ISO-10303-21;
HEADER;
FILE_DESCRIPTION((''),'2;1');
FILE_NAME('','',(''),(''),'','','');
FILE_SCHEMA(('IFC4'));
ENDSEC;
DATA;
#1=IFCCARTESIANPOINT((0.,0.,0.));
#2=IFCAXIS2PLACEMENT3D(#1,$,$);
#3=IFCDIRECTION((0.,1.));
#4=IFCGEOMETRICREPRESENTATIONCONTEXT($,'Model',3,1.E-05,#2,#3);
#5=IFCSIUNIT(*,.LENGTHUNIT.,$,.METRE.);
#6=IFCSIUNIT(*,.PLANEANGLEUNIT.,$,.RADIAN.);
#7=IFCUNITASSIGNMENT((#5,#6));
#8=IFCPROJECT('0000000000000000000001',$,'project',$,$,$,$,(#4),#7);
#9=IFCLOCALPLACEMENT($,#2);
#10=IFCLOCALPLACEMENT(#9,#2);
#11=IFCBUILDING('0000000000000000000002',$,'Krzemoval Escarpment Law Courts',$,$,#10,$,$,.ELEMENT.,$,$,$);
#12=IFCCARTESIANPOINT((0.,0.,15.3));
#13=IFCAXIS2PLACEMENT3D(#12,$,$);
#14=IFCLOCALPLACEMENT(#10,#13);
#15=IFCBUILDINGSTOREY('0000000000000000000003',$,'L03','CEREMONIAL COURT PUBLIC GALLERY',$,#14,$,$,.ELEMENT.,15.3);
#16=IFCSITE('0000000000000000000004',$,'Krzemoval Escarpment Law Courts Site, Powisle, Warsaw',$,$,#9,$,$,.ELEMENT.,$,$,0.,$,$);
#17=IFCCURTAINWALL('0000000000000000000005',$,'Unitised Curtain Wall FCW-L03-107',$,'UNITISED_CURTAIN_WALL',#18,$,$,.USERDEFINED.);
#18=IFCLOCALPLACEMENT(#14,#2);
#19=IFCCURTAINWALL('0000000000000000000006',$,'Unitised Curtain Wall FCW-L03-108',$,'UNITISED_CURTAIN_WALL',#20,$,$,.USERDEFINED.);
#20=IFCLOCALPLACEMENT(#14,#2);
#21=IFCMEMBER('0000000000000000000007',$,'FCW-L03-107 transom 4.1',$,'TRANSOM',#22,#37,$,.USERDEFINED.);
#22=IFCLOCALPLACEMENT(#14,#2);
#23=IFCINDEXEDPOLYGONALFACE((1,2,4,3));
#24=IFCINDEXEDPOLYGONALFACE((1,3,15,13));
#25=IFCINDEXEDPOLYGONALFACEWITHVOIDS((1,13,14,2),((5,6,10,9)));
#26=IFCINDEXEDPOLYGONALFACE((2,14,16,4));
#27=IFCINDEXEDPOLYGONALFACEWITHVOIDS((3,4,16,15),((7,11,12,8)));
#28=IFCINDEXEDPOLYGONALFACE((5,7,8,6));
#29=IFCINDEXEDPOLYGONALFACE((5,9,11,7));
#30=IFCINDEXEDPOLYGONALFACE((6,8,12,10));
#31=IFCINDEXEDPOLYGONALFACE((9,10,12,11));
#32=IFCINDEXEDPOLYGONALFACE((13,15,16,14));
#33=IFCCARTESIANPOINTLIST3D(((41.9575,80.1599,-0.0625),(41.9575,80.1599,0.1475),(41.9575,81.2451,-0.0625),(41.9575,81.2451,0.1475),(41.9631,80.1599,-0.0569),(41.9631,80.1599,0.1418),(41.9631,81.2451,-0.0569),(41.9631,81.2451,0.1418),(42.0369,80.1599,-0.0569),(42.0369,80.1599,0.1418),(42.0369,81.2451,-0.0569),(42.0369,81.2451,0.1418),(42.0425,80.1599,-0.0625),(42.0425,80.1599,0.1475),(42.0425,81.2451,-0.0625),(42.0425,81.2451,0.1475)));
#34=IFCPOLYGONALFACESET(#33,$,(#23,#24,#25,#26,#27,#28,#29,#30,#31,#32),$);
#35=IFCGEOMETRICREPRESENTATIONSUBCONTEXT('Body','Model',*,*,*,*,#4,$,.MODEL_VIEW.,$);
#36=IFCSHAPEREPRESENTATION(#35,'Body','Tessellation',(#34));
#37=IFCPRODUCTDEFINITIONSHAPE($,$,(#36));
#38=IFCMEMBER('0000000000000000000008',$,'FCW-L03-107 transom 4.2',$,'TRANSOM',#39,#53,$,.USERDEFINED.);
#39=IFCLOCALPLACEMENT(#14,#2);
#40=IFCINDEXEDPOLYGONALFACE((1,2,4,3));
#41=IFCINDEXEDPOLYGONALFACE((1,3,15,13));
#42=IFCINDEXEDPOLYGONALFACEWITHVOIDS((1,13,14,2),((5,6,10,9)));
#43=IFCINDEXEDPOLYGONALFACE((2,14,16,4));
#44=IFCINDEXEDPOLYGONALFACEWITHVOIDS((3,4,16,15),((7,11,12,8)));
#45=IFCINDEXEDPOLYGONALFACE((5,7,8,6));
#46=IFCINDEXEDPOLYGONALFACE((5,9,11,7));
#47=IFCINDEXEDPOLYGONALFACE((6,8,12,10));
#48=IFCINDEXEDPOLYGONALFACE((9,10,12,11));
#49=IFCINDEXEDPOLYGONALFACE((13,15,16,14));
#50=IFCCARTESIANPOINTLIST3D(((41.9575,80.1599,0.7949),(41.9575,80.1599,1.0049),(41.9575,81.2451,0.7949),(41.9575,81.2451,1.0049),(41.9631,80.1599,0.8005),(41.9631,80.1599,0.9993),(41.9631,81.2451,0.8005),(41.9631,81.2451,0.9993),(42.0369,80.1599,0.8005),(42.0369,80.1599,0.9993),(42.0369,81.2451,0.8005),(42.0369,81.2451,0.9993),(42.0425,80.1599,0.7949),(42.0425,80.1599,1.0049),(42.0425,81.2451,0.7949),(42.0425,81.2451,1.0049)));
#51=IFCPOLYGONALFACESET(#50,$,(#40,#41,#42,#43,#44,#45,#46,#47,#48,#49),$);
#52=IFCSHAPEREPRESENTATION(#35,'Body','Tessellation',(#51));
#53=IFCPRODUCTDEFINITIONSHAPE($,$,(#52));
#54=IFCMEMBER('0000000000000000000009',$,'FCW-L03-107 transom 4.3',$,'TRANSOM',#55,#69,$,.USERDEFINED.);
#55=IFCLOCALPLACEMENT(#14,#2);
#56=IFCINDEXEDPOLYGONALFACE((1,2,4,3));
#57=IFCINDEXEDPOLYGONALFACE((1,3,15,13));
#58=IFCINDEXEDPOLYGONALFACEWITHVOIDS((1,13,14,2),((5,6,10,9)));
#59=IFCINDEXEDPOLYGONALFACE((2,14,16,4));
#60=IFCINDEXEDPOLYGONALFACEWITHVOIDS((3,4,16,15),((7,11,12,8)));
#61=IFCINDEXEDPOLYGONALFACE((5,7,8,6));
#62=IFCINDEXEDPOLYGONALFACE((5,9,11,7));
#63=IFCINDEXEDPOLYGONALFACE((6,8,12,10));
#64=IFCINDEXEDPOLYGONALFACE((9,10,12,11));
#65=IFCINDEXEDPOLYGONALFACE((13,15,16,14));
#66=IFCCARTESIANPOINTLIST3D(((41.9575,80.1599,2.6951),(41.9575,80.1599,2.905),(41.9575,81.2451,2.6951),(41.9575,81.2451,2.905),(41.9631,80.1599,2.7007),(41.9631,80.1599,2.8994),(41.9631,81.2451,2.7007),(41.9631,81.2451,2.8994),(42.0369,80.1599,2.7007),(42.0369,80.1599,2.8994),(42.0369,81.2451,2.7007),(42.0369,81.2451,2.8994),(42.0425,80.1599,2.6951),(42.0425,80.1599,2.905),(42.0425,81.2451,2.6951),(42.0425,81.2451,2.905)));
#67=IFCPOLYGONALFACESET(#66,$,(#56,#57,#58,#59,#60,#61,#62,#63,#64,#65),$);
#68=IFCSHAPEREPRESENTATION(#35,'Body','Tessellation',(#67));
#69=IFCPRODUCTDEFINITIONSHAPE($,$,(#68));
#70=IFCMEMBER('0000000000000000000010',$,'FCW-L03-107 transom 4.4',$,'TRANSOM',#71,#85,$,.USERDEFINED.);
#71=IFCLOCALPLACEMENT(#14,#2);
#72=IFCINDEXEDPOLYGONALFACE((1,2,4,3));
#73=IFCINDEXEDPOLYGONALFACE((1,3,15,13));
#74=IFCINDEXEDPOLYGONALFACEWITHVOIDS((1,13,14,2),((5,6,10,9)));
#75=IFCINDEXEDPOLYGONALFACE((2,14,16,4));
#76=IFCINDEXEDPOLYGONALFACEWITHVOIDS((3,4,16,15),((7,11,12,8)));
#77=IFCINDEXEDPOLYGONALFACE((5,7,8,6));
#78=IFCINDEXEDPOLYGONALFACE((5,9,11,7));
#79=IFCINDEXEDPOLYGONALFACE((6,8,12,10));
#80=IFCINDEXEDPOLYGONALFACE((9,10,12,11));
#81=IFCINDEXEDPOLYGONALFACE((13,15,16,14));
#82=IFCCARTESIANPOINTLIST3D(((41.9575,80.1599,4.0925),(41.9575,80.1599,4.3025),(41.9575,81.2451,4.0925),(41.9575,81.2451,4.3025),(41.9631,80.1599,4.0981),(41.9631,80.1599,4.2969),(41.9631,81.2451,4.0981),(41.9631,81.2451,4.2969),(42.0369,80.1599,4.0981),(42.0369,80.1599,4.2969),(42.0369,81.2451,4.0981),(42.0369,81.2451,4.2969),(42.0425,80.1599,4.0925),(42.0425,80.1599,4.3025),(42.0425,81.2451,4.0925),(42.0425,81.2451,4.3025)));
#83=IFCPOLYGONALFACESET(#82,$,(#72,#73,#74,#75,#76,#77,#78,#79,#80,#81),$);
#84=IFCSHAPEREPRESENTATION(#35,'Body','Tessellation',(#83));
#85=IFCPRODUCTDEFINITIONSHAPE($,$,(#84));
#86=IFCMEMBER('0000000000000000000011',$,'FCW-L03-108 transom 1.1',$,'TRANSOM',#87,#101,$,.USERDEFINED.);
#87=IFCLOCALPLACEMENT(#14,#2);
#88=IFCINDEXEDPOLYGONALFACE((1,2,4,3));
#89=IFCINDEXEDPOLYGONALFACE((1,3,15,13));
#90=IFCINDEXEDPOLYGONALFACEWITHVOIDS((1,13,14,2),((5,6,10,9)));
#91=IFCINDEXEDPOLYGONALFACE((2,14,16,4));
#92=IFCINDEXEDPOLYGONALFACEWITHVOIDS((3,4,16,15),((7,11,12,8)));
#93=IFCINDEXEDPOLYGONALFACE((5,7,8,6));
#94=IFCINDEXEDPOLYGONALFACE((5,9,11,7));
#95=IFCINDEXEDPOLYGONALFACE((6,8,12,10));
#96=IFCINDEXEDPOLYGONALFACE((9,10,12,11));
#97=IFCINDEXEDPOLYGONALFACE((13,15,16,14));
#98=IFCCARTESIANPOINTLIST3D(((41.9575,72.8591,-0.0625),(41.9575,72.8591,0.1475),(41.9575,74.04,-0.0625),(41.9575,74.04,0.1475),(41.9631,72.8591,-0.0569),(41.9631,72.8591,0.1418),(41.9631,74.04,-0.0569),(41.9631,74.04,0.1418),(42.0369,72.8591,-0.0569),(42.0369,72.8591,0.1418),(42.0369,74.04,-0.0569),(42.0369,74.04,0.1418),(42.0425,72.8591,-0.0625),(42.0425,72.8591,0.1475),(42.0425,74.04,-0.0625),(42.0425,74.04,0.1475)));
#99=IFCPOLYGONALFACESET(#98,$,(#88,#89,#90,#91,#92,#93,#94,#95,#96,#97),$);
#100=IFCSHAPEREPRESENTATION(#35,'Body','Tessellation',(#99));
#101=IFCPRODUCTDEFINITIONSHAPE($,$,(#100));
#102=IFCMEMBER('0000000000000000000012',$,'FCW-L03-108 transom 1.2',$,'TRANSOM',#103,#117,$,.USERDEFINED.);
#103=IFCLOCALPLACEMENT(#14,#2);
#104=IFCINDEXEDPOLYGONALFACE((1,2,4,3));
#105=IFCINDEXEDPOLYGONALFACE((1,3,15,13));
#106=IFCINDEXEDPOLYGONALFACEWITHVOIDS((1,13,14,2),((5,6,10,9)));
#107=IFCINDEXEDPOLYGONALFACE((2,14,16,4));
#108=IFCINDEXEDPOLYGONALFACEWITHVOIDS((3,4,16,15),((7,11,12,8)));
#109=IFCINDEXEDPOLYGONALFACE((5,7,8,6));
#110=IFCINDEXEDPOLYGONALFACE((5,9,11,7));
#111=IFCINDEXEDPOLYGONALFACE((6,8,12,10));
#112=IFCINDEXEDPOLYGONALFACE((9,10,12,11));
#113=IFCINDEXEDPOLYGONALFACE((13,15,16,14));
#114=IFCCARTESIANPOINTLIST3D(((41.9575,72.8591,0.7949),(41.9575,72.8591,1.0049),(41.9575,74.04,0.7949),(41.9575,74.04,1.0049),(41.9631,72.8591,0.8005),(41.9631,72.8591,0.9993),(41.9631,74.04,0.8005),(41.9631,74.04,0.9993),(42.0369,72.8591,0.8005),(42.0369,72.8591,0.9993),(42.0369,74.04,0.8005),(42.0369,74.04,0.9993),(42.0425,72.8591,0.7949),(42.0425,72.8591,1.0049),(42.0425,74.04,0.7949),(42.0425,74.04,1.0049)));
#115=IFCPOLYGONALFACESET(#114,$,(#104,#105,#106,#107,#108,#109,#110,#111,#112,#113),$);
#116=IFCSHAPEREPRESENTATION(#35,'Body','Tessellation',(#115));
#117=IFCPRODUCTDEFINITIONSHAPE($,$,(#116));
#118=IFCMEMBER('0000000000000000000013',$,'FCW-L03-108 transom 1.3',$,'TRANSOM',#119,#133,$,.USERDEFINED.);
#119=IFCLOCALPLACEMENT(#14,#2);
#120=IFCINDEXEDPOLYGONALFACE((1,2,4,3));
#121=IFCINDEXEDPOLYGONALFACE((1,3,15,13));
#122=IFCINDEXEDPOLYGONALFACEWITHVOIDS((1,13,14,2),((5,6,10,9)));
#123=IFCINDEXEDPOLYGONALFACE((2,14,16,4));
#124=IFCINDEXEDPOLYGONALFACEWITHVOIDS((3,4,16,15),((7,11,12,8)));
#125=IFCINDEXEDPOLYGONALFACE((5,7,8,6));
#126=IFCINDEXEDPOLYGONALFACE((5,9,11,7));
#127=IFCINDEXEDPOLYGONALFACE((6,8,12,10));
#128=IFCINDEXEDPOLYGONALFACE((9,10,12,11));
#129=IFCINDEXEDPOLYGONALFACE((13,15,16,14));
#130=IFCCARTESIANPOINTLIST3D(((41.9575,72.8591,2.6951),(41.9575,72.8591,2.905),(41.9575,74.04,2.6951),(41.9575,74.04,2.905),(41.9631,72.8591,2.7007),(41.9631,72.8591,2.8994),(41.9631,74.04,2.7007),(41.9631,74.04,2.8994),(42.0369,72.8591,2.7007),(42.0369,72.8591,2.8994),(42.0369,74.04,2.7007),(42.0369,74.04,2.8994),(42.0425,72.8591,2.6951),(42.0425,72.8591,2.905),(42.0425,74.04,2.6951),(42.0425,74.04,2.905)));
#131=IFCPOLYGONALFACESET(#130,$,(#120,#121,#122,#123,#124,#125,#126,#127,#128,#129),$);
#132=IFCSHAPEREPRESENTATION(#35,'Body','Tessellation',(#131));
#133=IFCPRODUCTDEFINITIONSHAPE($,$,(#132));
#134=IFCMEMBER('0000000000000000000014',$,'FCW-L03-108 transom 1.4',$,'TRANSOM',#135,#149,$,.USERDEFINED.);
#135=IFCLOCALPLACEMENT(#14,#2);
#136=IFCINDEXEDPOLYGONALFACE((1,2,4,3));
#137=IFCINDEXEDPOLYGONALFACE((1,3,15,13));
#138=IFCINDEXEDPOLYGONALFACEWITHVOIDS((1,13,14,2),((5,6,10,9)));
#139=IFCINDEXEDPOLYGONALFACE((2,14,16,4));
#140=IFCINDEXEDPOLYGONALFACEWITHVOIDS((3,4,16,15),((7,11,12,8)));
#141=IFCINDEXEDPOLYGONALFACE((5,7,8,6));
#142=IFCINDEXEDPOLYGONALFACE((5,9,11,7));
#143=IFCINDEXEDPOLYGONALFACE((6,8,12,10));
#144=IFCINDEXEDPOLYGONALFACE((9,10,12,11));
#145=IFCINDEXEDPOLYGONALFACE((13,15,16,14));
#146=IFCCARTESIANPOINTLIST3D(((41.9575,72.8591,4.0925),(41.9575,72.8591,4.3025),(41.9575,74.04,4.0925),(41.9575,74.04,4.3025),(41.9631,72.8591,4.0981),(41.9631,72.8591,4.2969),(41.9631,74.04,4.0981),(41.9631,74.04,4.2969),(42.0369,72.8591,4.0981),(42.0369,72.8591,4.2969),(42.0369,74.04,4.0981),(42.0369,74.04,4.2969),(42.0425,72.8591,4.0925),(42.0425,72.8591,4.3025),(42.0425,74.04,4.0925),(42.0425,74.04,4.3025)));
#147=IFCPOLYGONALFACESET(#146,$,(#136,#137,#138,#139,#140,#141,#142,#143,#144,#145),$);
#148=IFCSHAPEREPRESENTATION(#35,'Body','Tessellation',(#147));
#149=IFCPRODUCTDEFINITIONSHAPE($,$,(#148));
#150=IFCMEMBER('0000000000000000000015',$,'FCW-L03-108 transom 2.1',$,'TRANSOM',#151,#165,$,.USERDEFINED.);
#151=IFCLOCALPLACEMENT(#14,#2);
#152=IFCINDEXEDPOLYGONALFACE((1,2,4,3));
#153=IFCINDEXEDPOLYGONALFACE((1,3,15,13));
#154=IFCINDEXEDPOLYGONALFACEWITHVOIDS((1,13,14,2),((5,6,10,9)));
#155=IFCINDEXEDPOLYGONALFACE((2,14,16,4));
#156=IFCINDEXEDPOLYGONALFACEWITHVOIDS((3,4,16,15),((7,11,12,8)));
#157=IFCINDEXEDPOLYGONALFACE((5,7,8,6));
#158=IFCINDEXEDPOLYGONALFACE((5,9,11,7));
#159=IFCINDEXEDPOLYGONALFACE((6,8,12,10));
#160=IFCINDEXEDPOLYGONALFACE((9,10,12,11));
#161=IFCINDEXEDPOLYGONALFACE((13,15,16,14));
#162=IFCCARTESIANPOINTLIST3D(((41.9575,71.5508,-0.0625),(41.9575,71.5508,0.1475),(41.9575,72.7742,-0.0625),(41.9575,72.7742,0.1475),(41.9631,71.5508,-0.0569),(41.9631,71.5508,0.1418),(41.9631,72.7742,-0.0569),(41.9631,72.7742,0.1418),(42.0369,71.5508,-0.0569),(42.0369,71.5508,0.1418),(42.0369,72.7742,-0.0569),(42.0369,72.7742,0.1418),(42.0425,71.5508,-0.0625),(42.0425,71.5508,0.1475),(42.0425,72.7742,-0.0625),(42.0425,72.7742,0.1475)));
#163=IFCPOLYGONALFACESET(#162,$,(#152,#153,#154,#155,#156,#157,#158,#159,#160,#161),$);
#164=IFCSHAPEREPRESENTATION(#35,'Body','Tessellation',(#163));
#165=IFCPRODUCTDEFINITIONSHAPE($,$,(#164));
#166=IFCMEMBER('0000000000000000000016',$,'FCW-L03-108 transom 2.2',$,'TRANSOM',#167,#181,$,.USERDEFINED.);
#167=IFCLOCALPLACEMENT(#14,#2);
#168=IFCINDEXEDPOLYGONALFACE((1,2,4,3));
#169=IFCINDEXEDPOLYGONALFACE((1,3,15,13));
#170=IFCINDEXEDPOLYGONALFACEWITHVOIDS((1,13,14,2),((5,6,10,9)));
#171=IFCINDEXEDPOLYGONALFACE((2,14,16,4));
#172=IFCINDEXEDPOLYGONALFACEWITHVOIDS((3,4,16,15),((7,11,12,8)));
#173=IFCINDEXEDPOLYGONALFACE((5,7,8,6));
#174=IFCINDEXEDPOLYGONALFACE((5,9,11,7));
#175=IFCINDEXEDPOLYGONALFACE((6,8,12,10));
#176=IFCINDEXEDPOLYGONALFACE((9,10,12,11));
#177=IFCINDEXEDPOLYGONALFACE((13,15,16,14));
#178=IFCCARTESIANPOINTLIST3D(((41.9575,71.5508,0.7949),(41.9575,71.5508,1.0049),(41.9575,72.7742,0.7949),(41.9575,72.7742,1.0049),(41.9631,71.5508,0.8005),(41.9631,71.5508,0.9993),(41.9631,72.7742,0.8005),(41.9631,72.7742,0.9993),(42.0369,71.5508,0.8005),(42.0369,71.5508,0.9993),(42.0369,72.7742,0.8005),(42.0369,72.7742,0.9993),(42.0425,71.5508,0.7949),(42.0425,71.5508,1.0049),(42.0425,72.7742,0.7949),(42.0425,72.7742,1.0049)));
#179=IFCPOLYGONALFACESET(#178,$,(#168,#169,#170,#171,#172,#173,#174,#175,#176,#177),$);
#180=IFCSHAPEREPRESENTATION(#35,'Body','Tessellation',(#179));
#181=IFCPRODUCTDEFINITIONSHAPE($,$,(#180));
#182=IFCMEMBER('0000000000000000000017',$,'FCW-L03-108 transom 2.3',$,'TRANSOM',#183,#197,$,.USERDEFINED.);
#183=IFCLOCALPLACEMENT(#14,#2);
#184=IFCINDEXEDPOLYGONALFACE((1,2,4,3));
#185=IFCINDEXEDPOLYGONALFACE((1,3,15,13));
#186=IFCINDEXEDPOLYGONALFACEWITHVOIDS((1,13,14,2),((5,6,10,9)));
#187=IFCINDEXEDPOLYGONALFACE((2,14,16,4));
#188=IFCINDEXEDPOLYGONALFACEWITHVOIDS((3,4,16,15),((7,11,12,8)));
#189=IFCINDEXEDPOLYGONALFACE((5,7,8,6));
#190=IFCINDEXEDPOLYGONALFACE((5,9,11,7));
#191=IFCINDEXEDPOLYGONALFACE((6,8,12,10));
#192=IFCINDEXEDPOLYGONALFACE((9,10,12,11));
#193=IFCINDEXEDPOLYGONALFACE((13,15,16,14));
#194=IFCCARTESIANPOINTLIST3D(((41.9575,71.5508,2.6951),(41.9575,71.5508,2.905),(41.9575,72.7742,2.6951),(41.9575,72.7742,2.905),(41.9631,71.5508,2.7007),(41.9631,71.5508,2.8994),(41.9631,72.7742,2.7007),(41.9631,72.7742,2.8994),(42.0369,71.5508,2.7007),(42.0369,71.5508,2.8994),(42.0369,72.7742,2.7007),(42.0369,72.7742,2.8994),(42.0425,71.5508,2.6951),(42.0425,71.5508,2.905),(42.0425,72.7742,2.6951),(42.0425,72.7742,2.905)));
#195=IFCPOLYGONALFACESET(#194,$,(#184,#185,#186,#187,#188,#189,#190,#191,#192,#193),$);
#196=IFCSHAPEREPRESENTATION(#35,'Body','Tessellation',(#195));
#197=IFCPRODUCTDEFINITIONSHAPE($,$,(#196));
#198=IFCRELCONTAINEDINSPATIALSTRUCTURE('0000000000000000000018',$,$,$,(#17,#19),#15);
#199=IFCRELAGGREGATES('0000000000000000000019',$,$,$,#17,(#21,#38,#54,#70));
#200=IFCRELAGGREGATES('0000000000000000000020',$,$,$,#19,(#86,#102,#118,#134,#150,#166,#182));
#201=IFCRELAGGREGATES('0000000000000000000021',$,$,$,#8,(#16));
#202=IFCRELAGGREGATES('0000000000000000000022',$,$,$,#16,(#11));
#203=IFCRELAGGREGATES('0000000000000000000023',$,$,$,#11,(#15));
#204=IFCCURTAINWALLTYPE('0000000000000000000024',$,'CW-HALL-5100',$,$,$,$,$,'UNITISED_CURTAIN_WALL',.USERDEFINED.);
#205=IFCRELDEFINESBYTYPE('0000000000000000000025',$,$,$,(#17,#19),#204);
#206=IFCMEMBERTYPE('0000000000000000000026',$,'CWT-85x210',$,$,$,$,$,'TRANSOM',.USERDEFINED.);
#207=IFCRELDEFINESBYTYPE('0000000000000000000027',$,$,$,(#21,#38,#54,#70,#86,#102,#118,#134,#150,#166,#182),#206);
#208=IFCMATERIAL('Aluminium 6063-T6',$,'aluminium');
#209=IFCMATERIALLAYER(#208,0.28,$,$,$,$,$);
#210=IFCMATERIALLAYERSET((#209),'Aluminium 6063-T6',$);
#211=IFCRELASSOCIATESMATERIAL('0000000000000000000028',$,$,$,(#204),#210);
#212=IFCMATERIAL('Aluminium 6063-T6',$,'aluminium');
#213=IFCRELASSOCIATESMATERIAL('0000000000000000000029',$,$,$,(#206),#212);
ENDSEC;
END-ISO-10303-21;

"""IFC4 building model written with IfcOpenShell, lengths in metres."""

from ifc_helpers import new_model, si_unit, direction, frame, origin, origin_2d, place, context, subcontext, project, spatial, hollow_rectangle, extrude, material, layer, layer_set, material_profile, profile_set, type_object, element, aggregate, save


model = new_model("IFC4")

# Units and contexts
model_context = context("Model", 3, precision=1e-05, world=origin(), true_north=direction((0.0, 1.0)))
body_context = subcontext(model_context, "Body", "Model", "MODEL_VIEW")
ifc_project = project(units=[si_unit("LENGTHUNIT", "METRE"), si_unit("PLANEANGLEUNIT", "RADIAN")], contexts=[model_context])

# Site, building, storey
site_placement = place(None, origin())
site = spatial("IfcSite", under=ifc_project, at=site_placement, Name="Krzemoval Escarpment Law Courts Site, Powisle, Warsaw", CompositionType="ELEMENT", RefElevation=0.0)
building_placement = place(site_placement, origin())
building = spatial("IfcBuilding", under=site, at=building_placement, Name="Krzemoval Escarpment Law Courts", CompositionType="ELEMENT")
storey_placement = place(building_placement, frame((0.0, 0.0, 15.3)))
storey = spatial("IfcBuildingStorey", under=building, at=storey_placement, Name="L03", Description="CEREMONIAL COURT PUBLIC GALLERY", CompositionType="ELEMENT", Elevation=15.3)

# Curtain walls
ifc_material_1 = material(Name="Aluminium 6063-T6", Category="aluminium")
ifc_layer_1 = layer(ifc_material_1, 0.28)
ifc_layer_set_1 = layer_set([ifc_layer_1], Name="Aluminium 6063-T6")
curtain_wall_type = type_object("IfcCurtainWallType", Name="CW-HALL-5100", ElementType="UNITISED_CURTAIN_WALL", PredefinedType="USERDEFINED", material=ifc_layer_set_1)
curtain_wall_1_placement = place(storey_placement, origin())
curtain_wall_1 = element("IfcCurtainWall", 1, at=curtain_wall_1_placement, inside=storey, type_object=curtain_wall_type, Name="Unitised Curtain Wall FCW-L03-107", ObjectType="UNITISED_CURTAIN_WALL", PredefinedType="USERDEFINED")
curtain_wall_2_placement = place(storey_placement, origin())
curtain_wall_2 = element("IfcCurtainWall", 2, at=curtain_wall_2_placement, inside=storey, type_object=curtain_wall_type, Name="Unitised Curtain Wall FCW-L03-108", ObjectType="UNITISED_CURTAIN_WALL", PredefinedType="USERDEFINED")

# Members
ifc_material_2 = material(Name="Aluminium 6063-T6", Category="aluminium")
ifc_material_profile_1 = material_profile(ifc_material_2, hollow_rectangle(XDim=0.085, YDim=0.21, WallThickness=0.0056, at=origin_2d()), Name="ALU T85x210")
ifc_profile_set_1 = profile_set([ifc_material_profile_1], Name="Aluminium 6063-T6")
member_type_1 = type_object("IfcMemberType", Name="CWT-85x210", ElementType="TRANSOM", PredefinedType="USERDEFINED", material=ifc_profile_set_1)
member_1_placement = place(storey_placement, frame((42.0, 81.2451, 0.0425), z_axis=(0.0, -1.0, 0.0), x_axis=(1.0, 0.0, 0.0)))
member_1 = element("IfcMember", 3, at=member_1_placement, type_object=member_type_1, Name="FCW-L03-107 transom 4.1", ObjectType="TRANSOM", PredefinedType="USERDEFINED", context=body_context, shape_type="SweptSolid", body=[
    extrude(hollow_rectangle(XDim=0.085, YDim=0.21, WallThickness=0.0056, at=origin_2d()), origin(), (0.0, 0.0, 1.0), 1.0852),
])
member_2_placement = place(storey_placement, frame((42.0, 81.2451, 0.8999), z_axis=(0.0, -1.0, 0.0), x_axis=(1.0, 0.0, 0.0)))
member_2 = element("IfcMember", 4, at=member_2_placement, type_object=member_type_1, Name="FCW-L03-107 transom 4.2", ObjectType="TRANSOM", PredefinedType="USERDEFINED", context=body_context, shape_type="SweptSolid", body=[
    extrude(hollow_rectangle(XDim=0.085, YDim=0.21, WallThickness=0.0056, at=origin_2d()), origin(), (0.0, 0.0, 1.0), 1.0852),
])
member_3_placement = place(storey_placement, frame((42.0, 81.2451, 2.8), z_axis=(0.0, -1.0, 0.0), x_axis=(1.0, 0.0, 0.0)))
member_3 = element("IfcMember", 5, at=member_3_placement, type_object=member_type_1, Name="FCW-L03-107 transom 4.3", ObjectType="TRANSOM", PredefinedType="USERDEFINED", context=body_context, shape_type="SweptSolid", body=[
    extrude(hollow_rectangle(XDim=0.085, YDim=0.21, WallThickness=0.0056, at=origin_2d()), origin(), (0.0, 0.0, 1.0), 1.0852),
])
member_4_placement = place(storey_placement, frame((42.0, 81.2451, 4.1975), z_axis=(0.0, -1.0, 0.0), x_axis=(1.0, 0.0, 0.0)))
member_4 = element("IfcMember", 6, at=member_4_placement, type_object=member_type_1, Name="FCW-L03-107 transom 4.4", ObjectType="TRANSOM", PredefinedType="USERDEFINED", context=body_context, shape_type="SweptSolid", body=[
    extrude(hollow_rectangle(XDim=0.085, YDim=0.21, WallThickness=0.0056, at=origin_2d()), origin(), (0.0, 0.0, 1.0), 1.0852),
])
member_5_placement = place(storey_placement, frame((42.0, 74.04, 0.0425), z_axis=(0.0, -1.0, 0.0), x_axis=(1.0, 0.0, 0.0)))
member_5 = element("IfcMember", 7, at=member_5_placement, type_object=member_type_1, Name="FCW-L03-108 transom 1.1", ObjectType="TRANSOM", PredefinedType="USERDEFINED", context=body_context, shape_type="SweptSolid", body=[
    extrude(hollow_rectangle(XDim=0.085, YDim=0.21, WallThickness=0.0056, at=origin_2d()), origin(), (0.0, 0.0, 1.0), 1.1809),
])
member_6_placement = place(storey_placement, frame((42.0, 74.04, 0.8999), z_axis=(0.0, -1.0, 0.0), x_axis=(1.0, 0.0, 0.0)))
member_6 = element("IfcMember", 8, at=member_6_placement, type_object=member_type_1, Name="FCW-L03-108 transom 1.2", ObjectType="TRANSOM", PredefinedType="USERDEFINED", context=body_context, shape_type="SweptSolid", body=[
    extrude(hollow_rectangle(XDim=0.085, YDim=0.21, WallThickness=0.0056, at=origin_2d()), origin(), (0.0, 0.0, 1.0), 1.1809),
])
member_7_placement = place(storey_placement, frame((42.0, 74.04, 2.8), z_axis=(0.0, -1.0, 0.0), x_axis=(1.0, 0.0, 0.0)))
member_7 = element("IfcMember", 9, at=member_7_placement, type_object=member_type_1, Name="FCW-L03-108 transom 1.3", ObjectType="TRANSOM", PredefinedType="USERDEFINED", context=body_context, shape_type="SweptSolid", body=[
    extrude(hollow_rectangle(XDim=0.085, YDim=0.21, WallThickness=0.0056, at=origin_2d()), origin(), (0.0, 0.0, 1.0), 1.1809),
])
member_8_placement = place(storey_placement, frame((42.0, 74.04, 4.1975), z_axis=(0.0, -1.0, 0.0), x_axis=(1.0, 0.0, 0.0)))
member_8 = element("IfcMember", 10, at=member_8_placement, type_object=member_type_1, Name="FCW-L03-108 transom 1.4", ObjectType="TRANSOM", PredefinedType="USERDEFINED", context=body_context, shape_type="SweptSolid", body=[
    extrude(hollow_rectangle(XDim=0.085, YDim=0.21, WallThickness=0.0056, at=origin_2d()), origin(), (0.0, 0.0, 1.0), 1.1809),
])
member_9_placement = place(storey_placement, frame((42.0, 72.7742, 0.0425), z_axis=(0.0, -1.0, 0.0), x_axis=(1.0, 0.0, 0.0)))
member_9 = element("IfcMember", 11, at=member_9_placement, type_object=member_type_1, Name="FCW-L03-108 transom 2.1", ObjectType="TRANSOM", PredefinedType="USERDEFINED", context=body_context, shape_type="SweptSolid", body=[
    extrude(hollow_rectangle(XDim=0.085, YDim=0.21, WallThickness=0.0056, at=origin_2d()), origin(), (0.0, 0.0, 1.0), 1.2234),
])
member_10_placement = place(storey_placement, frame((42.0, 72.7742, 0.8999), z_axis=(0.0, -1.0, 0.0), x_axis=(1.0, 0.0, 0.0)))
member_10 = element("IfcMember", 12, at=member_10_placement, type_object=member_type_1, Name="FCW-L03-108 transom 2.2", ObjectType="TRANSOM", PredefinedType="USERDEFINED", context=body_context, shape_type="SweptSolid", body=[
    extrude(hollow_rectangle(XDim=0.085, YDim=0.21, WallThickness=0.0056, at=origin_2d()), origin(), (0.0, 0.0, 1.0), 1.2234),
])
member_11_placement = place(storey_placement, frame((42.0, 72.7742, 2.8), z_axis=(0.0, -1.0, 0.0), x_axis=(1.0, 0.0, 0.0)))
member_11 = element("IfcMember", 13, at=member_11_placement, type_object=member_type_1, Name="FCW-L03-108 transom 2.3", ObjectType="TRANSOM", PredefinedType="USERDEFINED", context=body_context, shape_type="SweptSolid", body=[
    extrude(hollow_rectangle(XDim=0.085, YDim=0.21, WallThickness=0.0056, at=origin_2d()), origin(), (0.0, 0.0, 1.0), 1.2234),
])

aggregate(curtain_wall_1, [member_1, member_2, member_3, member_4])
aggregate(curtain_wall_2, [member_5, member_6, member_7, member_8, member_9, member_10, member_11])

save(model, "model.ifc")
